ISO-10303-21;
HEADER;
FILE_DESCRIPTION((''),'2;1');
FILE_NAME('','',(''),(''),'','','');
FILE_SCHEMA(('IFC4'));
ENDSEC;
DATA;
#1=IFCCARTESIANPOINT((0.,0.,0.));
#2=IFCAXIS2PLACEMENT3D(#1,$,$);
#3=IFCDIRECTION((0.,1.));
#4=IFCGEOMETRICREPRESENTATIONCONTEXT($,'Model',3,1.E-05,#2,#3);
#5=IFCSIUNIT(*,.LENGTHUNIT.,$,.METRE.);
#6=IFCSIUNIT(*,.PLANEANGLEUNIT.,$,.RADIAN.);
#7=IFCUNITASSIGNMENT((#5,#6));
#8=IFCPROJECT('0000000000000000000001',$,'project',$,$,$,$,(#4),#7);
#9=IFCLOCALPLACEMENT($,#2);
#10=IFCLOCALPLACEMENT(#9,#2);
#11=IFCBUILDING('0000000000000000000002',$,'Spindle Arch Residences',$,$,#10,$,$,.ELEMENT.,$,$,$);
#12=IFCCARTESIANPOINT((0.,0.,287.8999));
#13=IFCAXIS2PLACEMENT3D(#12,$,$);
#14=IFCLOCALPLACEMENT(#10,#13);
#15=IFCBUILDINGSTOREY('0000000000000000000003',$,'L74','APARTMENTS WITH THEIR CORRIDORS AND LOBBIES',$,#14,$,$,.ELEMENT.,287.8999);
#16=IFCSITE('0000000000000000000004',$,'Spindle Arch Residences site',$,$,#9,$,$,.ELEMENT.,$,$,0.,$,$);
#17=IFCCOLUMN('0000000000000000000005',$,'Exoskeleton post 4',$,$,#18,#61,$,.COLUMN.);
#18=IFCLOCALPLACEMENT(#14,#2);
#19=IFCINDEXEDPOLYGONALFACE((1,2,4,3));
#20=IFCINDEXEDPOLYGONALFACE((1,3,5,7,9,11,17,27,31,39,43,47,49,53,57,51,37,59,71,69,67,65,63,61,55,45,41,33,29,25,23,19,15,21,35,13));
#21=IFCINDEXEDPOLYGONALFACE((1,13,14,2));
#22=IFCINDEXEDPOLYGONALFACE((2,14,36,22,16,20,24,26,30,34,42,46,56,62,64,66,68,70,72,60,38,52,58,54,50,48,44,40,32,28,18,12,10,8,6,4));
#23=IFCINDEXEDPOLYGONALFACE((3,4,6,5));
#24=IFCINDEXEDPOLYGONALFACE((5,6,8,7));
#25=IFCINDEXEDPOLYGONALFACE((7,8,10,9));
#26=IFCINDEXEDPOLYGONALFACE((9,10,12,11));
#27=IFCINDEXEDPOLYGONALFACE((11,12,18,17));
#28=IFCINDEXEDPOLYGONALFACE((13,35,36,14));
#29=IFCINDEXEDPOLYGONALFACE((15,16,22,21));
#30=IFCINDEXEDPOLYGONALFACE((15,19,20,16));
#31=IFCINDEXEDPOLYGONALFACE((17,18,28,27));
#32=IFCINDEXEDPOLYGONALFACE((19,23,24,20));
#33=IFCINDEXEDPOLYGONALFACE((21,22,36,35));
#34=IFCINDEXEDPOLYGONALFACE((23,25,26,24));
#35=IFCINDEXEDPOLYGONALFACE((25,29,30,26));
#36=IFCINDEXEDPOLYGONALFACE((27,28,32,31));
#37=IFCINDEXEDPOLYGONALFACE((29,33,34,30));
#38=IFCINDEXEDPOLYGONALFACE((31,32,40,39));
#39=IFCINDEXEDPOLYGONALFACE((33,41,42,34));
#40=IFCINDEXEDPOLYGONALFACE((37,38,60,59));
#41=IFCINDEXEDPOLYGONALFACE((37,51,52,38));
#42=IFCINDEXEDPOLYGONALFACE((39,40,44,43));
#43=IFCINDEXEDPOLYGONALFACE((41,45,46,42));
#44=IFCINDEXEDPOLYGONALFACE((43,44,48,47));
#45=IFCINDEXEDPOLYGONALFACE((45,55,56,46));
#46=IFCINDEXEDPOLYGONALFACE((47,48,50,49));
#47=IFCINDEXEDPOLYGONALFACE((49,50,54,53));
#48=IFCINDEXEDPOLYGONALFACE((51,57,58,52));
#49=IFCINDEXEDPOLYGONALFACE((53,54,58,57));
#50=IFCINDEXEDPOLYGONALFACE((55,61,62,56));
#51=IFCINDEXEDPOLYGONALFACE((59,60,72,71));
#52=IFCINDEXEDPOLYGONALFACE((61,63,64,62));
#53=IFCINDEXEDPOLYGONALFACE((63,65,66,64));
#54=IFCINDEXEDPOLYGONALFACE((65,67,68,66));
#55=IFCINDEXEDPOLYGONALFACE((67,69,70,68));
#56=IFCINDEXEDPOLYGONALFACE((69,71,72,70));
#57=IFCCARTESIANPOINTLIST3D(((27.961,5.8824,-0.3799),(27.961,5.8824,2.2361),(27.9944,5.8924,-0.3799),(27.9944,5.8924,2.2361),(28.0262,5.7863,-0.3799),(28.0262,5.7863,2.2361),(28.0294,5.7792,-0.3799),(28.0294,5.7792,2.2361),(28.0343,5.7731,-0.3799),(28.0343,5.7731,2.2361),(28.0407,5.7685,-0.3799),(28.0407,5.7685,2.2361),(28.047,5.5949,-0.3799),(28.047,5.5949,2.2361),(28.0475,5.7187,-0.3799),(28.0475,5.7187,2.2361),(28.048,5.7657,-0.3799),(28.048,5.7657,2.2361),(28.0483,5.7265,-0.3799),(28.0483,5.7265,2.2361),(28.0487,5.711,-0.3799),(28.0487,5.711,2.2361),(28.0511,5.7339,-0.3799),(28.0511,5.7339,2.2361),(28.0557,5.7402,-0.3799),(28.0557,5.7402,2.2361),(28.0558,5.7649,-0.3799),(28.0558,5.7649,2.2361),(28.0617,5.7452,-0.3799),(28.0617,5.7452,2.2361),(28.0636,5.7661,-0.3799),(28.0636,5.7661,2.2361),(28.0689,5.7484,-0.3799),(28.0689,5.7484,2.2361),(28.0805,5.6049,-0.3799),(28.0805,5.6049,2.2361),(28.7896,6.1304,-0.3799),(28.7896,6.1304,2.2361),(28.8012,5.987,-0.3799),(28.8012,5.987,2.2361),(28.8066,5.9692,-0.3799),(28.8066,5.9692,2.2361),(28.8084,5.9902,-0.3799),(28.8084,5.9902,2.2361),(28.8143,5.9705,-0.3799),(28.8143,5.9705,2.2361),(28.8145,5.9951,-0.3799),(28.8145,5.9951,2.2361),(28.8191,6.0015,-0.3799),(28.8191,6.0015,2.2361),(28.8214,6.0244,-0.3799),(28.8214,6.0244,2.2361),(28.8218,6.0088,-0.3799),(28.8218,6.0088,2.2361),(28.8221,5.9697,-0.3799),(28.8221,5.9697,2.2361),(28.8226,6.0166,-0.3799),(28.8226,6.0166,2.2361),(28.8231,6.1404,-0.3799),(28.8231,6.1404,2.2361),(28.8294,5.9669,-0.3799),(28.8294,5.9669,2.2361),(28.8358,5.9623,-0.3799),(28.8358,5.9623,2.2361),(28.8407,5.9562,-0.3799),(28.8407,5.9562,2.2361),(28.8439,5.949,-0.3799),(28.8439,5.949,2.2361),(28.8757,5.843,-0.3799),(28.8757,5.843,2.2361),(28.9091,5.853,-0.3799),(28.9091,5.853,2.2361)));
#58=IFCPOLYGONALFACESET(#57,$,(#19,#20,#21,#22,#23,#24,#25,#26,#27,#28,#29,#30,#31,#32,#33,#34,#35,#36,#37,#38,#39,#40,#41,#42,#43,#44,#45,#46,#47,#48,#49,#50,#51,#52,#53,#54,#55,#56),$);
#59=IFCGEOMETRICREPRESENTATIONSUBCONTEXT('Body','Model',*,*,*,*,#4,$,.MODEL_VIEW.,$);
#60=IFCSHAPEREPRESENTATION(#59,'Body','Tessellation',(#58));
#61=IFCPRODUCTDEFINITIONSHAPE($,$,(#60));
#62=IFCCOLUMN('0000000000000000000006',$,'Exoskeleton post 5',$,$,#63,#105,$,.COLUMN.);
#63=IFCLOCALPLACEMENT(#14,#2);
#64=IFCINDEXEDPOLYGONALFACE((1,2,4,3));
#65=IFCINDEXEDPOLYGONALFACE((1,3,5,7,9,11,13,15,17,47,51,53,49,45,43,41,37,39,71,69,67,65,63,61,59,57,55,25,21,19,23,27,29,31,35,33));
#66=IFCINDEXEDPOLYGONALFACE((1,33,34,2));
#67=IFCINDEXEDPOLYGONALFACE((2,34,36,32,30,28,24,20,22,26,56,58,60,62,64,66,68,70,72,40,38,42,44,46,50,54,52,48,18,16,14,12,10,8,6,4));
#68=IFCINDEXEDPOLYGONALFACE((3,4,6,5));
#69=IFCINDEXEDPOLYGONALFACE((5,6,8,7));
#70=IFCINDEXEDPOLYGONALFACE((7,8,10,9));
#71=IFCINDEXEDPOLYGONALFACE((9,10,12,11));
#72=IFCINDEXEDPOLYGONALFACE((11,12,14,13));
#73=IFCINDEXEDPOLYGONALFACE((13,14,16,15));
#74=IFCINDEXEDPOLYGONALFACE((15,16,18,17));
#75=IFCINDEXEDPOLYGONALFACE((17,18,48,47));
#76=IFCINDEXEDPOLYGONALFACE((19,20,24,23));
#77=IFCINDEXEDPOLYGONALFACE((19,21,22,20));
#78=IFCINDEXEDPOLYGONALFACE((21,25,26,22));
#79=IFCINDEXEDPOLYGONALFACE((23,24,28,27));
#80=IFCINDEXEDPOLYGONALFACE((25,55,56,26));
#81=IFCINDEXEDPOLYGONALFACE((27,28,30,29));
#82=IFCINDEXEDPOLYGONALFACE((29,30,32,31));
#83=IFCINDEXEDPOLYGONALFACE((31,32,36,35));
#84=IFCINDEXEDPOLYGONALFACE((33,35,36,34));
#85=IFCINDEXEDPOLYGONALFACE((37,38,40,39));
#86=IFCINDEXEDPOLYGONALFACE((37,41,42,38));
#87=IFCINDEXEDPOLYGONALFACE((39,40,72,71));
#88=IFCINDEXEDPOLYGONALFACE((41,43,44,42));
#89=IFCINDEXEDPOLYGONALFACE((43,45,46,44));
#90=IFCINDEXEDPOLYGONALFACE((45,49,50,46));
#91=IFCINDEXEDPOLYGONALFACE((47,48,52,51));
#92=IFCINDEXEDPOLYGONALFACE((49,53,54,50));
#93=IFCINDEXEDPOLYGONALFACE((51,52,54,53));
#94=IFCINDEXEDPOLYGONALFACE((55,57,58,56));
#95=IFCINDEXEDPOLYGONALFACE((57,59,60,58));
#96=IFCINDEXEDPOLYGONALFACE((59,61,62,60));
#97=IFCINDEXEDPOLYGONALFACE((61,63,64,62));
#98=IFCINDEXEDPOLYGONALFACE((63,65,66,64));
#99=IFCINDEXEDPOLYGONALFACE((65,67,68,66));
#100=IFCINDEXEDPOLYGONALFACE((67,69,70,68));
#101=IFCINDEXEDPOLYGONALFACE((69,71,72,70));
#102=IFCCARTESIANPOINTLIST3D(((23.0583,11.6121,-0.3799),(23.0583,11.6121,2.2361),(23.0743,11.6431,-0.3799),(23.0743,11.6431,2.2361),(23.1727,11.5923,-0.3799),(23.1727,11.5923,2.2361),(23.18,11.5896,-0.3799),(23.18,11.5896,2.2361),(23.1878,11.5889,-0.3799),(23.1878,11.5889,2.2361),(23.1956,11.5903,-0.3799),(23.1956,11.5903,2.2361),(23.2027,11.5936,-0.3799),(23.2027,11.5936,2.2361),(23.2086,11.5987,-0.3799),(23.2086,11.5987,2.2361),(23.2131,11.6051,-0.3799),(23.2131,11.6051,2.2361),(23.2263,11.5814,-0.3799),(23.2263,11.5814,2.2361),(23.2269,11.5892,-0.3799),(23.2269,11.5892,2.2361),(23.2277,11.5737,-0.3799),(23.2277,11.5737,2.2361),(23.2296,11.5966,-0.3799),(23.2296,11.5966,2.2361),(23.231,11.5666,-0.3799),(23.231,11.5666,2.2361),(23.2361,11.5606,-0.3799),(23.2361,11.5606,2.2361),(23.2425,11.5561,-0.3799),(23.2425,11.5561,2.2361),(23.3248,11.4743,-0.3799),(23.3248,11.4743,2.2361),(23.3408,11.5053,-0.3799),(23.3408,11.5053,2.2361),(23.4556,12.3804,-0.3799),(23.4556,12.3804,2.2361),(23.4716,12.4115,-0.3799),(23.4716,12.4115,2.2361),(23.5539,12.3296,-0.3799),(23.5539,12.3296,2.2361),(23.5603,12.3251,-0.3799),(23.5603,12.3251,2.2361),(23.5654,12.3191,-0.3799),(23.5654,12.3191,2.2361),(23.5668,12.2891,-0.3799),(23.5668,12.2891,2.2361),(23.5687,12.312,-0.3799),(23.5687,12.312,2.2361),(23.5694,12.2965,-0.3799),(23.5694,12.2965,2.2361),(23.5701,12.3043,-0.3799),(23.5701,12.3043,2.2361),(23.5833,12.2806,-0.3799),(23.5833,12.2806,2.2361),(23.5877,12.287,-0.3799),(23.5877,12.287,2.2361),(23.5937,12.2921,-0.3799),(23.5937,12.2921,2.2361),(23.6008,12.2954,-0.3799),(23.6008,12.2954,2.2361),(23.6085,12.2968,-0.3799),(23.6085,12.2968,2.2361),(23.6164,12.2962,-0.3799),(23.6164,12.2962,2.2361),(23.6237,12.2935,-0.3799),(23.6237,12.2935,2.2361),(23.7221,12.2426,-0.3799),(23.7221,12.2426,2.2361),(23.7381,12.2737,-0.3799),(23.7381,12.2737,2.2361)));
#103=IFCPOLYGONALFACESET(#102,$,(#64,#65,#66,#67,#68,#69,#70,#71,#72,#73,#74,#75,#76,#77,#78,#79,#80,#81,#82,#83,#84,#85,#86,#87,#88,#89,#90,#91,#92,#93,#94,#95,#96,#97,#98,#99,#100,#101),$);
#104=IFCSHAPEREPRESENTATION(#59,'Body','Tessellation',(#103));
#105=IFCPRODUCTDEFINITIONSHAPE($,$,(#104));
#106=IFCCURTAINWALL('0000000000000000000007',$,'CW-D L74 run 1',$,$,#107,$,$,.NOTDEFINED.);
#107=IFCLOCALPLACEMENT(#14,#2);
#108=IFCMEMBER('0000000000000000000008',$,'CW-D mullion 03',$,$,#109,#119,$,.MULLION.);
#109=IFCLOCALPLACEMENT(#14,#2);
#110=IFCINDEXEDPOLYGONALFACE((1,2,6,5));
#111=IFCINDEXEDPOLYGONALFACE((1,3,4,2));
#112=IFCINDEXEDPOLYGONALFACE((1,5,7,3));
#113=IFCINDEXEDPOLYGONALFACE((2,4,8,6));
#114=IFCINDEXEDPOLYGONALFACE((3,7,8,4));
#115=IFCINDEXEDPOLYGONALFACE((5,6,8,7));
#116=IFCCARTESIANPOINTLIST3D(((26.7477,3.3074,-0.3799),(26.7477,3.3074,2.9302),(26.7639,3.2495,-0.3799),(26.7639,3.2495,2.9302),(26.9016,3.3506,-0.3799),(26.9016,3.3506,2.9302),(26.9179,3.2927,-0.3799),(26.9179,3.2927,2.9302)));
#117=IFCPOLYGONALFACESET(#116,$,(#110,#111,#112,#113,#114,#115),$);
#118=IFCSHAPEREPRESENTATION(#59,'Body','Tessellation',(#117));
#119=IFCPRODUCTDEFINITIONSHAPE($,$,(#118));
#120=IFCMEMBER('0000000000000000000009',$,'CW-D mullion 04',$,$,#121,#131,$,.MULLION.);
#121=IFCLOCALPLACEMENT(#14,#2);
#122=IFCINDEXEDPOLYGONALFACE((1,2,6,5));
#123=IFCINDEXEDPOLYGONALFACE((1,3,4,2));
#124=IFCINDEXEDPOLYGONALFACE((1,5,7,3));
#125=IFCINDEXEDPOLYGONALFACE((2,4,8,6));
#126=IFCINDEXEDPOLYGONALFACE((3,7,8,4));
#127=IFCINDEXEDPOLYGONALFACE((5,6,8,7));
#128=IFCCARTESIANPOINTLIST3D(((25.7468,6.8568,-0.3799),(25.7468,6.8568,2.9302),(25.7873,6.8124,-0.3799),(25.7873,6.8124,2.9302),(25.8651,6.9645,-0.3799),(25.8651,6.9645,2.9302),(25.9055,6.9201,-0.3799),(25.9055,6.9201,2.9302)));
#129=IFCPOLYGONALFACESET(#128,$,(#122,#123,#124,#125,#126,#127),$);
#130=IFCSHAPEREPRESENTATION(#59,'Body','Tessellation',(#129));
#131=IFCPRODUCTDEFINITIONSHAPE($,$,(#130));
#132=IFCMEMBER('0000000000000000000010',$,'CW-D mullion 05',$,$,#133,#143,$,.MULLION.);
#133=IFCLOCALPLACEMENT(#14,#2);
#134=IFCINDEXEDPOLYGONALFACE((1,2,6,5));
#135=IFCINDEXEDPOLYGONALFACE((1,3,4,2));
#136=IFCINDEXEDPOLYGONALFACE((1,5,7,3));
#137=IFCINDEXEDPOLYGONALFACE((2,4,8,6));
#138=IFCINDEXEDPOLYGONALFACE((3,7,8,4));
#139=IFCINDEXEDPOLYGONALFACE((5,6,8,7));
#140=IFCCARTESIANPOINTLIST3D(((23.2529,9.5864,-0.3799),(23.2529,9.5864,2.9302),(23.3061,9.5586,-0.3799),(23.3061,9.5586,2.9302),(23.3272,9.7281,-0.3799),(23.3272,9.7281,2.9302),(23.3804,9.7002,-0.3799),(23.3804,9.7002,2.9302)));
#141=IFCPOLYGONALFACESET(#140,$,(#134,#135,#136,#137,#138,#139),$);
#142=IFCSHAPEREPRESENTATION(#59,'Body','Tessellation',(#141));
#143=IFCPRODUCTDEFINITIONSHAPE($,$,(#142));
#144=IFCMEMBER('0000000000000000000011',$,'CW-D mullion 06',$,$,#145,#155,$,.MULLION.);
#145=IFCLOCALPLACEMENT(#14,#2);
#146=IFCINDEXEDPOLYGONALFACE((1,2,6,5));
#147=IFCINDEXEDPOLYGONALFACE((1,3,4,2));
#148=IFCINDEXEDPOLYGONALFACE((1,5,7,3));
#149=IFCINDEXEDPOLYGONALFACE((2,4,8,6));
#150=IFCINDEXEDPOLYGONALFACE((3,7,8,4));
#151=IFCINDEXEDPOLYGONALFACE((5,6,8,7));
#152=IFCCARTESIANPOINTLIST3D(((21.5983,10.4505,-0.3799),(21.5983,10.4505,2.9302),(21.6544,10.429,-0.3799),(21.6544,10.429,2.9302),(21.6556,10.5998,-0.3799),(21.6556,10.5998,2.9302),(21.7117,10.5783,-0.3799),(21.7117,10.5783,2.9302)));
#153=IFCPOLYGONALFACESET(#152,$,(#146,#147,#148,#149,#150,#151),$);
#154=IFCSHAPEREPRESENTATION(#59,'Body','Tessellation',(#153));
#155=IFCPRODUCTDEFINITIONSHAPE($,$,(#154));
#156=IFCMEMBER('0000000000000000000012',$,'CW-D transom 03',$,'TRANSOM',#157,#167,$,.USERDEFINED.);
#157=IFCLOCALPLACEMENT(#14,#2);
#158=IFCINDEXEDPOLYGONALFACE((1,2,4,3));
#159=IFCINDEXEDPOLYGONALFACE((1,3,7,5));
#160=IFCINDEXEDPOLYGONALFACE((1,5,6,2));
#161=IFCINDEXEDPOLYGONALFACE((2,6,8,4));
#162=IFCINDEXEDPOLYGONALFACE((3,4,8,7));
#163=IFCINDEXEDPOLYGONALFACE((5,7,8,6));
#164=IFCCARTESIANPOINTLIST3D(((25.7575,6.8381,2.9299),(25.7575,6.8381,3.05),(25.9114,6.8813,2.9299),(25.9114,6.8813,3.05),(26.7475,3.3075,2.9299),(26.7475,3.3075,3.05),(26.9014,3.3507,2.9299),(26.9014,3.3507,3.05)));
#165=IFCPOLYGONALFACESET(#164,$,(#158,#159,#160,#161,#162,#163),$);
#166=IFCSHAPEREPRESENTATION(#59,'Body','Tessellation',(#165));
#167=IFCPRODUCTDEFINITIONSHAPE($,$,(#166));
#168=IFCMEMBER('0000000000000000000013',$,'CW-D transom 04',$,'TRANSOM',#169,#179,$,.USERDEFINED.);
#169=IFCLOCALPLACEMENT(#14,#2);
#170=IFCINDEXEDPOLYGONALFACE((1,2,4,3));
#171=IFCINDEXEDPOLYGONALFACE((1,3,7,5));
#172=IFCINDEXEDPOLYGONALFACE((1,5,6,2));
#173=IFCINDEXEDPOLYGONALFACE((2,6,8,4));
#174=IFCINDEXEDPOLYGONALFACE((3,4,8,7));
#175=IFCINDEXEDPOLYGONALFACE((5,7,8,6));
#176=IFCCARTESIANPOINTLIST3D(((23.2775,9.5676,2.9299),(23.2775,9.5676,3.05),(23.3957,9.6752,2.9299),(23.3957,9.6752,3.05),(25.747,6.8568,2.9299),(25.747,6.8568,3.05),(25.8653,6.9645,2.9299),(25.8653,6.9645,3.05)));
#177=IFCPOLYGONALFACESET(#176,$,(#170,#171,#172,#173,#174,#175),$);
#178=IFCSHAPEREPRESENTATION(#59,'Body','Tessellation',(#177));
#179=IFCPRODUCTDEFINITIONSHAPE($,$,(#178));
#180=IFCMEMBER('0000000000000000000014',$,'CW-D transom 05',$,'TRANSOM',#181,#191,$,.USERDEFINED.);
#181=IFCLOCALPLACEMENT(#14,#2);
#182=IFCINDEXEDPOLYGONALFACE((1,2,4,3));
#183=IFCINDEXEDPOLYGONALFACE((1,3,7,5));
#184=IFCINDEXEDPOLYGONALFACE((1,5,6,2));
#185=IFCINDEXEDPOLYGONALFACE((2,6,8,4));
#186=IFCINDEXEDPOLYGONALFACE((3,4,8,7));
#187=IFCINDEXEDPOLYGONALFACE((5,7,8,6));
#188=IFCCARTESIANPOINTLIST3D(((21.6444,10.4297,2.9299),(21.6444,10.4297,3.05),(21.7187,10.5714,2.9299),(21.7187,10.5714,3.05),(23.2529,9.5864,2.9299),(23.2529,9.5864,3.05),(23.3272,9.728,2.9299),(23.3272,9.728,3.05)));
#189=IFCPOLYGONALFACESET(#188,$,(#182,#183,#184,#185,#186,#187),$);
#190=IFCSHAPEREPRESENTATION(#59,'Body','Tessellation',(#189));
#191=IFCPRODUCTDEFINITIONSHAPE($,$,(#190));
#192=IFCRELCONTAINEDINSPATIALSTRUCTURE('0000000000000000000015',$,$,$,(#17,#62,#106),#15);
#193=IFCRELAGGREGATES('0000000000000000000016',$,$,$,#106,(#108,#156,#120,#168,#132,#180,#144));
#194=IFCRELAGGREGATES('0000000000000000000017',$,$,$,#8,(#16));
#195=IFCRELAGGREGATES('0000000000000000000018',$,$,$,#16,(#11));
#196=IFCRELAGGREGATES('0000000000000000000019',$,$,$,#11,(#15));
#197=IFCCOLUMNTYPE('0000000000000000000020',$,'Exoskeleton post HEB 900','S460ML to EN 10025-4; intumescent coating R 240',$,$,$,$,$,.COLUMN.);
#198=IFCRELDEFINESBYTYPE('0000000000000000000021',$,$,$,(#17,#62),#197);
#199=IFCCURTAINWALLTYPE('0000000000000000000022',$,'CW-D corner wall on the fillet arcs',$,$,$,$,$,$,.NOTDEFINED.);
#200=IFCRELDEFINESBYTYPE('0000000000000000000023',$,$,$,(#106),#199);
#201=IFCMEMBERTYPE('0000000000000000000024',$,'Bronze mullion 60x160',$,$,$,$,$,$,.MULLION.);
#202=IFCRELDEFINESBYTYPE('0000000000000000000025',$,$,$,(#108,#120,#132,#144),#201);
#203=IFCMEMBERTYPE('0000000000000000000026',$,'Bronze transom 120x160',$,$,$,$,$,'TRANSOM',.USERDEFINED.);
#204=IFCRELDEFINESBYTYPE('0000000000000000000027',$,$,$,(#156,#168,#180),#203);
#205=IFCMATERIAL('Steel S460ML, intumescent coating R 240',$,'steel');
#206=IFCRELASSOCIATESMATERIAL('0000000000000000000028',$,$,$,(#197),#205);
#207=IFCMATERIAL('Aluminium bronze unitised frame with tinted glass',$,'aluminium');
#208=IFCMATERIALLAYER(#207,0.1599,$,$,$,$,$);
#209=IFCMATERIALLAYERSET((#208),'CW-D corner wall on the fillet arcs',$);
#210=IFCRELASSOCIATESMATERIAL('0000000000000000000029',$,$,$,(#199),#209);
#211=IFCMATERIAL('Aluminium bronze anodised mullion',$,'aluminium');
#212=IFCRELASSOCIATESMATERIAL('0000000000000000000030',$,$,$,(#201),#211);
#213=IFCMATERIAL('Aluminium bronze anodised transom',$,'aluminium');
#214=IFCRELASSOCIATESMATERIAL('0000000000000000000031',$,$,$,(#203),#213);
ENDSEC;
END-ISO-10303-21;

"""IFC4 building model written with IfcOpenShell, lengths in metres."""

from ifc_helpers import new_model, si_unit, direction, frame, origin, origin_2d, place, context, subcontext, project, spatial, rectangle, i_section, extrude, material, layer, layer_set, material_profile, profile_set, type_object, element, aggregate, save


model = new_model("IFC4")

# Units and contexts
model_context = context("Model", 3, precision=1e-05, world=origin(), true_north=direction((0.0, 1.0)))
body_context = subcontext(model_context, "Body", "Model", "MODEL_VIEW")
ifc_project = project(units=[si_unit("LENGTHUNIT", "METRE"), si_unit("PLANEANGLEUNIT", "RADIAN")], contexts=[model_context])

# Site, building, storey
site_placement = place(None, origin())
site = spatial("IfcSite", under=ifc_project, at=site_placement, Name="Spindle Arch Residences site", CompositionType="ELEMENT", RefElevation=0.0)
building_placement = place(site_placement, origin())
building = spatial("IfcBuilding", under=site, at=building_placement, Name="Spindle Arch Residences", CompositionType="ELEMENT")
storey_placement = place(building_placement, frame((0.0, 0.0, 287.8999)))
storey = spatial("IfcBuildingStorey", under=building, at=storey_placement, Name="L74", Description="APARTMENTS WITH THEIR CORRIDORS AND LOBBIES", CompositionType="ELEMENT", Elevation=287.8999)

# Columns
ifc_material_1 = material(Name="Steel S460ML, intumescent coating R 240", Category="steel")
ifc_material_profile_1 = material_profile(ifc_material_1, i_section(OverallWidth=0.3, OverallDepth=0.8999, WebThickness=0.0186, FlangeThickness=0.0349, FilletRadius=0.03, at=origin_2d()), Name="HEB 900")
ifc_profile_set_1 = profile_set([ifc_material_profile_1], Name="Steel S460ML, intumescent coating R 240")
column_type = type_object("IfcColumnType", Name="Exoskeleton post HEB 900", Description="S460ML to EN 10025-4; intumescent coating R 240", PredefinedType="COLUMN", material=ifc_profile_set_1)
for number, where, z_axis, x_axis, name in (
    (1, (28.4351, 5.8677, -0.3799), (0.0, 0.0, 1.0), (0.286784, -0.957995, 0.0), "Exoskeleton post 4"),
    (2, (23.3982, 11.9429, -0.3799), (0.0, 0.0, 1.0), (0.888286, -0.459291, 0.0), "Exoskeleton post 5"),
):
    element("IfcColumn", number, at=place(storey_placement, frame(where, z_axis=z_axis, x_axis=x_axis)), inside=storey, type_object=column_type, Name=name, PredefinedType="COLUMN", context=body_context, shape_type="SweptSolid", body=[
        extrude(i_section(OverallWidth=0.3, OverallDepth=0.8999, WebThickness=0.0186, FlangeThickness=0.0349, FilletRadius=0.03, at=origin_2d()), origin(), (0.0, 0.0, 1.0), 2.616),
    ])

# Curtain wall, members
ifc_material_2 = material(Name="Aluminium bronze unitised frame with tinted glass", Category="aluminium")
ifc_layer_1 = layer(ifc_material_2, 0.1599)
ifc_layer_set_1 = layer_set([ifc_layer_1], Name="CW-D corner wall on the fillet arcs")
curtain_wall_type = type_object("IfcCurtainWallType", Name="CW-D corner wall on the fillet arcs", PredefinedType="NOTDEFINED", material=ifc_layer_set_1)
curtain_wall_placement = place(storey_placement, origin())
curtain_wall = element("IfcCurtainWall", 3, at=curtain_wall_placement, inside=storey, type_object=curtain_wall_type, Name="CW-D L74 run 1", PredefinedType="NOTDEFINED")
ifc_material_3 = material(Name="Aluminium bronze anodised mullion", Category="aluminium")
ifc_material_profile_2 = material_profile(ifc_material_3, rectangle(XDim=0.1599, YDim=0.0601, at=origin_2d()), Name="MU 60x160")
ifc_profile_set_2 = profile_set([ifc_material_profile_2], Name="Aluminium bronze anodised mullion")
member_type_1 = type_object("IfcMemberType", Name="Bronze mullion 60x160", PredefinedType="MULLION", material=ifc_profile_set_2)
member_1_placement = place(storey_placement, frame((26.8328, 3.3, -0.3799), z_axis=(0.0, 0.0, 1.0), x_axis=(-0.962849, -0.27004, 0.0)))
member_1 = element("IfcMember", 4, at=member_1_placement, type_object=member_type_1, Name="CW-D mullion 03", PredefinedType="MULLION", context=body_context, shape_type="SweptSolid", body=[
    extrude(rectangle(XDim=0.1599, YDim=0.0601, at=origin_2d()), origin(), (0.0, 0.0, 1.0), 3.3101),
])
member_2_placement = place(storey_placement, frame((25.8262, 6.8884, -0.3799), z_axis=(0.0, 0.0, 1.0), x_axis=(-0.739239, -0.673443, 0.0)))
member_2 = element("IfcMember", 5, at=member_2_placement, type_object=member_type_1, Name="CW-D mullion 04", PredefinedType="MULLION", context=body_context, shape_type="SweptSolid", body=[
    extrude(rectangle(XDim=0.1599, YDim=0.0601, at=origin_2d()), origin(), (0.0, 0.0, 1.0), 3.3101),
])
member_3_placement = place(storey_placement, frame((23.3167, 9.6433, -0.3799), z_axis=(0.0, 0.0, 1.0), x_axis=(-0.464327, -0.885664, 0.0)))
member_3 = element("IfcMember", 6, at=member_3_placement, type_object=member_type_1, Name="CW-D mullion 05", PredefinedType="MULLION", context=body_context, shape_type="SweptSolid", body=[
    extrude(rectangle(XDim=0.1599, YDim=0.0601, at=origin_2d()), origin(), (0.0, 0.0, 1.0), 3.3101),
])
member_4_placement = place(storey_placement, frame((21.655, 10.5144, -0.3799), z_axis=(0.0, 0.0, 1.0), x_axis=(-0.358368, -0.93358, 0.0)))
member_4 = element("IfcMember", 7, at=member_4_placement, type_object=member_type_1, Name="CW-D mullion 06", PredefinedType="MULLION", context=body_context, shape_type="SweptSolid", body=[
    extrude(rectangle(XDim=0.1599, YDim=0.0601, at=origin_2d()), origin(), (0.0, 0.0, 1.0), 3.3101),
])
ifc_material_4 = material(Name="Aluminium bronze anodised transom", Category="aluminium")
ifc_material_profile_3 = material_profile(ifc_material_4, rectangle(XDim=0.1599, YDim=0.1201, at=origin_2d()), Name="TR 120x160")
ifc_profile_set_3 = profile_set([ifc_material_profile_3], Name="Aluminium bronze anodised transom")
member_type_2 = type_object("IfcMemberType", Name="Bronze transom 120x160", ElementType="TRANSOM", PredefinedType="USERDEFINED", material=ifc_profile_set_3)
member_5_placement = place(storey_placement, frame((26.8245, 3.3291, 2.99), z_axis=(-0.269995, 0.962862, 0.0), x_axis=(-0.962862, -0.269995, 0.0)))
member_5 = element("IfcMember", 8, at=member_5_placement, type_object=member_type_2, Name="CW-D transom 03", ObjectType="TRANSOM", PredefinedType="USERDEFINED", context=body_context, shape_type="SweptSolid", body=[
    extrude(rectangle(XDim=0.1599, YDim=0.1201, at=origin_2d()), origin(), (0.0, 0.0, 1.0), 3.6667),
])
member_6_placement = place(storey_placement, frame((25.8062, 6.9106, 2.99), z_axis=(-0.673451, 0.739232, 0.0), x_axis=(-0.739232, -0.673451, 0.0)))
member_6 = element("IfcMember", 9, at=member_6_placement, type_object=member_type_2, Name="CW-D transom 04", ObjectType="TRANSOM", PredefinedType="USERDEFINED", context=body_context, shape_type="SweptSolid", body=[
    extrude(rectangle(XDim=0.1599, YDim=0.1201, at=origin_2d()), origin(), (0.0, 0.0, 1.0), 3.667),
])
member_7_placement = place(storey_placement, frame((23.29, 9.6572, 2.99), z_axis=(-0.885658, 0.464339, 0.0), x_axis=(-0.464339, -0.885658, 0.0)))
member_7 = element("IfcMember", 10, at=member_7_placement, type_object=member_type_2, Name="CW-D transom 05", ObjectType="TRANSOM", PredefinedType="USERDEFINED", context=body_context, shape_type="SweptSolid", body=[
    extrude(rectangle(XDim=0.1599, YDim=0.1201, at=origin_2d()), origin(), (0.0, 0.0, 1.0), 1.8162),
])

aggregate(curtain_wall, [member_1, member_5, member_2, member_6, member_3, member_7, member_4])

save(model, "model.ifc")
